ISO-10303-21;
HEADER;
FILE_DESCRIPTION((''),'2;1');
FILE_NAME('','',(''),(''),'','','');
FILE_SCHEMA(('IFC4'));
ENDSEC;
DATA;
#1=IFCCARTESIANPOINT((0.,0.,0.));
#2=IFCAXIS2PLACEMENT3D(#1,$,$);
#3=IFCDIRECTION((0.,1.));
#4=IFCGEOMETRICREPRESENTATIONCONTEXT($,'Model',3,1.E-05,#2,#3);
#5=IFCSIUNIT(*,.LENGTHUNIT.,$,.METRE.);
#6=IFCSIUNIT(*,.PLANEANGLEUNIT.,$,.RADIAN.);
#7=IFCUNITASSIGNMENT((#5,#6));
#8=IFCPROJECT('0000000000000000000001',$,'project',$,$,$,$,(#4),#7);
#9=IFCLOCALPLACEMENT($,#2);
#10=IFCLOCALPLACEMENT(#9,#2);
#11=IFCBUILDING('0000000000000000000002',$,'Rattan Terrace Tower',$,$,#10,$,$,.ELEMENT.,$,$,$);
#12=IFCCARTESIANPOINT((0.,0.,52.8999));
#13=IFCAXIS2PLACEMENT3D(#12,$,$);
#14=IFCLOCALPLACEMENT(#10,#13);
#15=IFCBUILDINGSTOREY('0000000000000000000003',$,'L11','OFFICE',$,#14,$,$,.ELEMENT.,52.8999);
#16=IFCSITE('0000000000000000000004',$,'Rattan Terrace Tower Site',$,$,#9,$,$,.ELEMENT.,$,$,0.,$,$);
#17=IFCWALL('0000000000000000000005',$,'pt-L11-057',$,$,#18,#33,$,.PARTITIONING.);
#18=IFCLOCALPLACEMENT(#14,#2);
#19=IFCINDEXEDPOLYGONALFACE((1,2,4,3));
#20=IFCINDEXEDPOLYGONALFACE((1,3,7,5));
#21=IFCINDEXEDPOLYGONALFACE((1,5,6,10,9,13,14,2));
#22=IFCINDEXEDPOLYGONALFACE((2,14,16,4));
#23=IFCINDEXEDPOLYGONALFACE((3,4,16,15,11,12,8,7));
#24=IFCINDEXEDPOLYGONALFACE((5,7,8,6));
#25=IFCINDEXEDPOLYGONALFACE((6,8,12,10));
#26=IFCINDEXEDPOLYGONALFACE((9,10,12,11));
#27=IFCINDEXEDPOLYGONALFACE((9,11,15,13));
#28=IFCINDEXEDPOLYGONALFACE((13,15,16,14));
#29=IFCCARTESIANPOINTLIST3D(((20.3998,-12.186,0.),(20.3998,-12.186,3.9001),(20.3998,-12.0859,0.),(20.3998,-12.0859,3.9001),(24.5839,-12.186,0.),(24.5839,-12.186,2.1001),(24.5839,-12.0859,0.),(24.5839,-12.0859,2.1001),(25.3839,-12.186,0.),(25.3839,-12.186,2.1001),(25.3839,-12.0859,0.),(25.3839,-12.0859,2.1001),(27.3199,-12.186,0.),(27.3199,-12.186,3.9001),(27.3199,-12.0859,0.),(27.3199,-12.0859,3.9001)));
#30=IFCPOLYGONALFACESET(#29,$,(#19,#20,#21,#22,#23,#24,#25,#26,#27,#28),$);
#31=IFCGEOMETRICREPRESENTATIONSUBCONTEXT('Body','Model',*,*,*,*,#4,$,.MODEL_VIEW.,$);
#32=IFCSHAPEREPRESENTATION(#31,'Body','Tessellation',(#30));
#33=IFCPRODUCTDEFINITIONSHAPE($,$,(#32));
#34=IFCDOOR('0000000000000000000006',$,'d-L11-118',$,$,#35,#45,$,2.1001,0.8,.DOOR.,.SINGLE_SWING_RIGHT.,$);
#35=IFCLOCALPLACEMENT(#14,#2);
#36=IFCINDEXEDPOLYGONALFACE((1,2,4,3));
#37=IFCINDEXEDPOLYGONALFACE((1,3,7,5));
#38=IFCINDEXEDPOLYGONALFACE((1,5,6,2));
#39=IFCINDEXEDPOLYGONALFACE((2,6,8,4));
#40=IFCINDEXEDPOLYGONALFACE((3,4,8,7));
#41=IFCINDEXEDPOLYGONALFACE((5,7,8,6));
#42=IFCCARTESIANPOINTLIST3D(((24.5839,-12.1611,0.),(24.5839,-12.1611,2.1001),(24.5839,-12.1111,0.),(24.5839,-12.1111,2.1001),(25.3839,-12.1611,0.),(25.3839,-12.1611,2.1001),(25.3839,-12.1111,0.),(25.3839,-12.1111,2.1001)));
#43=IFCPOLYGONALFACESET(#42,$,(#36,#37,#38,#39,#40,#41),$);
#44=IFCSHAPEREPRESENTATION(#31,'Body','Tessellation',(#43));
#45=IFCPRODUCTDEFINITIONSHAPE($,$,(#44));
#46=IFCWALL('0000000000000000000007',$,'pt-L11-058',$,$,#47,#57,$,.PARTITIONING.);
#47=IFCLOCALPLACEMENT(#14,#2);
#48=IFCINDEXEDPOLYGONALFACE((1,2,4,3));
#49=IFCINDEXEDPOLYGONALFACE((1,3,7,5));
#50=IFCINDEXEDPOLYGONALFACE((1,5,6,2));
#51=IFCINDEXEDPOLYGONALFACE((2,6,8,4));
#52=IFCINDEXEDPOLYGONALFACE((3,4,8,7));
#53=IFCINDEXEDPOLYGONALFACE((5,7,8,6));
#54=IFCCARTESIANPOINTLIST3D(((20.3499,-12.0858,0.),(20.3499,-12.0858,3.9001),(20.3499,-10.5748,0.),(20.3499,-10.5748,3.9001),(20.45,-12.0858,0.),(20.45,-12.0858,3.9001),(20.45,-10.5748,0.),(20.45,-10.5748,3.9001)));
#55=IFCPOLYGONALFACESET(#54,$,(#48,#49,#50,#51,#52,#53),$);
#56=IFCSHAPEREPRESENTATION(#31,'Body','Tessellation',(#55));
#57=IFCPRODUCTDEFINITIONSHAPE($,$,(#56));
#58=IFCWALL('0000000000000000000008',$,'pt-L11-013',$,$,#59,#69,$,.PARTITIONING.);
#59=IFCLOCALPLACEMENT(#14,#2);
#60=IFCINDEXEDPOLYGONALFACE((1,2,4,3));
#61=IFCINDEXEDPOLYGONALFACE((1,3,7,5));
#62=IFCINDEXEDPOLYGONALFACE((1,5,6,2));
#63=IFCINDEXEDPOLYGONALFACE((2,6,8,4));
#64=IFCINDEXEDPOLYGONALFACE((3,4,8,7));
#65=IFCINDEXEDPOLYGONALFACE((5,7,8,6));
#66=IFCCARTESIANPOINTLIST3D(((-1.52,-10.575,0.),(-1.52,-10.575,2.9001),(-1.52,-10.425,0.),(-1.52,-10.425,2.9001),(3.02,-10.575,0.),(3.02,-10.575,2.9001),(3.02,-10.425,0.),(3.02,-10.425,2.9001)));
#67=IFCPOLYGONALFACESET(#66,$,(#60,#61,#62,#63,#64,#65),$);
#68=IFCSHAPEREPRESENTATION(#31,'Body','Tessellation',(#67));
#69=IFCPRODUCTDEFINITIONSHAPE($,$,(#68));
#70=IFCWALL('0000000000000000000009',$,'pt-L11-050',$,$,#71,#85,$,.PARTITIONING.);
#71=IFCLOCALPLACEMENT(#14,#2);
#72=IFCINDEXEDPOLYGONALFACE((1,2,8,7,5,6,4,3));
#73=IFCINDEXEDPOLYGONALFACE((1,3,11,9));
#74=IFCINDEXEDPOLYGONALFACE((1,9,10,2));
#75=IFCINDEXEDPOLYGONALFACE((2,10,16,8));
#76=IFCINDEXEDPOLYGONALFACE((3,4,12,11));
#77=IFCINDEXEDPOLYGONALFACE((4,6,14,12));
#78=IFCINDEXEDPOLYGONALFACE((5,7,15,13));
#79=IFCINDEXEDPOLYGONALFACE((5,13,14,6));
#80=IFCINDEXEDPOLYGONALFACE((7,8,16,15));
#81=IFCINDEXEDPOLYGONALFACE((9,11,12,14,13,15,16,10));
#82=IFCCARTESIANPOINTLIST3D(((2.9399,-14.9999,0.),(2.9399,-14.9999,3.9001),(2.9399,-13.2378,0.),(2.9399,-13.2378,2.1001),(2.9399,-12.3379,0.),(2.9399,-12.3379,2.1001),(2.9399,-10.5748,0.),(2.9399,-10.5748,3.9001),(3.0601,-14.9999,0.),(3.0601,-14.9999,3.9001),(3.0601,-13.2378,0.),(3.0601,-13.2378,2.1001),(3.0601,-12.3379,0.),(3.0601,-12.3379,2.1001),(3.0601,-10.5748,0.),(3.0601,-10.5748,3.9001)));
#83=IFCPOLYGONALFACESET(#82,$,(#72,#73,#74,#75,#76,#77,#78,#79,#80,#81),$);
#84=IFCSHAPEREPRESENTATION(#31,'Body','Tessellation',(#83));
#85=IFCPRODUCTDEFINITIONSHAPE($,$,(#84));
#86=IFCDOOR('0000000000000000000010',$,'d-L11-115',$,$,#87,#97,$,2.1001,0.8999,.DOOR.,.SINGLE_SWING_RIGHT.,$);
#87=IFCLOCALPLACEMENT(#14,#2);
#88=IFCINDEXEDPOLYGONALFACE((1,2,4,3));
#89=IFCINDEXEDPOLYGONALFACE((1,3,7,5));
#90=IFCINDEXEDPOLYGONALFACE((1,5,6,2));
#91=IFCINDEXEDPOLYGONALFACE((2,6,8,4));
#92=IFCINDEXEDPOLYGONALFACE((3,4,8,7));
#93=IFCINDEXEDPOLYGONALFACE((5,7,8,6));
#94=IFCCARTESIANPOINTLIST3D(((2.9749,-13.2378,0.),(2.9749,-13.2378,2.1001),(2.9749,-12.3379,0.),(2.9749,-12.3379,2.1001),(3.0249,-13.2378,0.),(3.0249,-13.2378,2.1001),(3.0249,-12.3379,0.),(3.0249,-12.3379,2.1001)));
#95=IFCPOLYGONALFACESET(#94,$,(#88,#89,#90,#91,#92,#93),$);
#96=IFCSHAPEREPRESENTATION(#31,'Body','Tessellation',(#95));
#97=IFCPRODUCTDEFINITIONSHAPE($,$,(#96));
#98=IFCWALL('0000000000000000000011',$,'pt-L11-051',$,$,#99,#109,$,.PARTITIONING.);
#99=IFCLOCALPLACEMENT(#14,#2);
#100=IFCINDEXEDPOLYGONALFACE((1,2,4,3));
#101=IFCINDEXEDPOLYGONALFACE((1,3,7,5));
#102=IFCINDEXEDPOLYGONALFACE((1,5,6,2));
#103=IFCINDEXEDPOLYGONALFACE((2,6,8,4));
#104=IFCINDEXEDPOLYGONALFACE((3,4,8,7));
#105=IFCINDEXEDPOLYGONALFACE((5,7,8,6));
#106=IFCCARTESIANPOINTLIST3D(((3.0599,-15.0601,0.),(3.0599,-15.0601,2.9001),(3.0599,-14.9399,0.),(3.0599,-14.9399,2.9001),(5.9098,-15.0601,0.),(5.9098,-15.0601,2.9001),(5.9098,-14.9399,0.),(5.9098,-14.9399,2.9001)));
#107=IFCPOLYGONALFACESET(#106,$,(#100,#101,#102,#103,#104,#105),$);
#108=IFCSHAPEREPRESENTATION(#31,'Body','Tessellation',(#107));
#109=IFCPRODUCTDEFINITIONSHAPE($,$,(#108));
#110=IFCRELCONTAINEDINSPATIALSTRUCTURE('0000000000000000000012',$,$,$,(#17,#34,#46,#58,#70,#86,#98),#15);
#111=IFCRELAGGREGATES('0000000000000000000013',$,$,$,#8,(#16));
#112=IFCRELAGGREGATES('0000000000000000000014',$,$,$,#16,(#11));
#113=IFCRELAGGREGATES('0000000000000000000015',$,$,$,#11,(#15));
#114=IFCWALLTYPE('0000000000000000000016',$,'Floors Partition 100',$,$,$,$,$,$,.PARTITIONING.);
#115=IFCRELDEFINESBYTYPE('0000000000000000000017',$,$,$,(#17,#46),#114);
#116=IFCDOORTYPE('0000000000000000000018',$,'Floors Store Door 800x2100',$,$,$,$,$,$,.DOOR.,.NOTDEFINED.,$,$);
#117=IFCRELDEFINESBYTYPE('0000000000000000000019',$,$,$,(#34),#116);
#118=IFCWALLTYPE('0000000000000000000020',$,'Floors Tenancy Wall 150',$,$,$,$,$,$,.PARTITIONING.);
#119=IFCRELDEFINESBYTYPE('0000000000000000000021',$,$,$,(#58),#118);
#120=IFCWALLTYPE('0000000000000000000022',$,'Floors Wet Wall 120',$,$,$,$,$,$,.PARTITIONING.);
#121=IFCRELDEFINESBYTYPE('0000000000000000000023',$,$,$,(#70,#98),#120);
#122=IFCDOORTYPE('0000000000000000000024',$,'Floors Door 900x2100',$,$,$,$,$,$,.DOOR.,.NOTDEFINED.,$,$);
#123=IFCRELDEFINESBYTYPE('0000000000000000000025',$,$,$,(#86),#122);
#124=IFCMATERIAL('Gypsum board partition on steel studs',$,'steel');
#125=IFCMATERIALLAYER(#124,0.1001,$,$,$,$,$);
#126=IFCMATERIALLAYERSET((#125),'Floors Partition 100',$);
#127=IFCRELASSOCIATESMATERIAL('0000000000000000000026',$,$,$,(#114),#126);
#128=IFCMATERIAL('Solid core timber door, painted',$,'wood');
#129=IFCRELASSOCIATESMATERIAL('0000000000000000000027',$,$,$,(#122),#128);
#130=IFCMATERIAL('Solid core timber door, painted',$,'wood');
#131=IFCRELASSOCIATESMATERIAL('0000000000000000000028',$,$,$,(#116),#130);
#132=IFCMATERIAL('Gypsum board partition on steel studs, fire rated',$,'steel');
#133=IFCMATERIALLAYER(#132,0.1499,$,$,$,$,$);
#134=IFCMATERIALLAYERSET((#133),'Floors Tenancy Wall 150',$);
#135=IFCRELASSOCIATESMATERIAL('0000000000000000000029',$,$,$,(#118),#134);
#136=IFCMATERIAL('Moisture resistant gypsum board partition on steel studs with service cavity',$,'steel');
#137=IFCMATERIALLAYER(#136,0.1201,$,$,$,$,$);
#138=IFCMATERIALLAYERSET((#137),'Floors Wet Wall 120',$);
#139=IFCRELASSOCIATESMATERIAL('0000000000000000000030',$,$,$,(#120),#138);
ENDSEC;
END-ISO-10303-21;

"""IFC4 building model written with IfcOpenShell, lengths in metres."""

from ifc_helpers import new_model, si_unit, direction, frame, frame_2d, origin, place, context, subcontext, project, spatial, rectangle, extrude, material, layer, layer_set, type_object, element, fill, save


model = new_model("IFC4")

# Units and contexts
model_context = context("Model", 3, precision=1e-05, world=origin(), true_north=direction((0.0, 1.0)))
body_context = subcontext(model_context, "Body", "Model", "MODEL_VIEW")
ifc_project = project(units=[si_unit("LENGTHUNIT", "METRE"), si_unit("PLANEANGLEUNIT", "RADIAN")], contexts=[model_context])

# Site, building, storey
site_placement = place(None, origin())
site = spatial("IfcSite", under=ifc_project, at=site_placement, Name="Rattan Terrace Tower Site", CompositionType="ELEMENT", RefElevation=0.0)
building_placement = place(site_placement, origin())
building = spatial("IfcBuilding", under=site, at=building_placement, Name="Rattan Terrace Tower", CompositionType="ELEMENT")
storey_placement = place(building_placement, frame((0.0, 0.0, 52.8999)))
storey = spatial("IfcBuildingStorey", under=building, at=storey_placement, Name="L11", Description="OFFICE", CompositionType="ELEMENT", Elevation=52.8999)

# Shared definitions
ifc_material_1 = material(Name="Gypsum board partition on steel studs", Category="steel")
ifc_layer_1 = layer(ifc_material_1, 0.1001)
ifc_layer_set_1 = layer_set([ifc_layer_1], Name="Floors Partition 100")
wall_type_1 = type_object("IfcWallType", Name="Floors Partition 100", PredefinedType="PARTITIONING", material=ifc_layer_set_1)

# Shared definitions
ifc_material_2 = material(Name="Solid core timber door, painted", Category="wood")
door_type_1 = type_object("IfcDoorType", Name="Floors Door 900x2100", OperationType="NOTDEFINED", PredefinedType="DOOR", material=ifc_material_2)

# Wall, opening, door
wall_1_placement = place(storey_placement, frame((20.3999, -12.136, 0.0), z_axis=(0.0, 0.0, 1.0), x_axis=(1.0, 0.0, 0.0)))
wall_1 = element("IfcWall", 1, at=wall_1_placement, inside=storey, type_object=wall_type_1, Name="pt-L11-057", PredefinedType="PARTITIONING", context=body_context, shape_type="SweptSolid", body=[
    extrude(rectangle(XDim=6.9202, YDim=0.1001, at=frame_2d((3.46, 0.0))), origin(), (0.0, 0.0, 1.0), 3.9001),
])
opening_1_placement = place(wall_1_placement, frame((4.1841, 0.0, 0.0)))
opening_1 = element("IfcOpeningElement", 2, at=opening_1_placement, cuts=wall_1, PredefinedType="OPENING", context=body_context, shape_type="SweptSolid", body=[
    extrude(rectangle(XDim=0.8, YDim=2.1001, at=frame_2d((0.3999, 1.05))), frame((0.0, 0.0605, 0.0), z_axis=(0.0, -1.0, 0.0), x_axis=(1.0, 0.0, 0.0)), (0.0, 0.0, 1.0), 0.1211),
])
ifc_material_3 = material(Name="Solid core timber door, painted", Category="wood")
door_type_2 = type_object("IfcDoorType", Name="Floors Store Door 800x2100", OperationType="NOTDEFINED", PredefinedType="DOOR", material=ifc_material_3)
door_1_placement = place(opening_1_placement, origin())
door_1 = element("IfcDoor", 3, at=door_1_placement, inside=storey, type_object=door_type_2, Name="d-L11-118", OperationType="SINGLE_SWING_RIGHT", OverallHeight=2.1001, OverallWidth=0.8, PredefinedType="DOOR", context=body_context, shape_type="SweptSolid", body=[
    extrude(rectangle(XDim=0.8, YDim=2.1001, at=frame_2d((0.3999, 1.05))), frame((0.0, 0.0249, 0.0), z_axis=(0.0, -1.0, 0.0), x_axis=(1.0, 0.0, 0.0)), (0.0, 0.0, 1.0), 0.05),
])
fill(opening_1, door_1)

# Walls
wall_2_placement = place(storey_placement, frame((20.3999, -10.575, 0.0), z_axis=(0.0, 0.0, 1.0), x_axis=(0.0, -1.0, 0.0)))
element("IfcWall", 4, at=wall_2_placement, inside=storey, type_object=wall_type_1, Name="pt-L11-058", PredefinedType="PARTITIONING", context=body_context, shape_type="SweptSolid", body=[
    extrude(rectangle(XDim=1.511, YDim=0.1001, at=frame_2d((0.7554, 0.0))), origin(), (0.0, 0.0, 1.0), 3.9001),
])
ifc_material_4 = material(Name="Gypsum board partition on steel studs, fire rated", Category="steel")
ifc_layer_2 = layer(ifc_material_4, 0.1499)
ifc_layer_set_2 = layer_set([ifc_layer_2], Name="Floors Tenancy Wall 150")
wall_type_2 = type_object("IfcWallType", Name="Floors Tenancy Wall 150", PredefinedType="PARTITIONING", material=ifc_layer_set_2)
wall_3_placement = place(storey_placement, frame((3.02, -10.5, 0.0), z_axis=(0.0, 0.0, 1.0), x_axis=(-1.0, 0.0, 0.0)))
element("IfcWall", 5, at=wall_3_placement, inside=storey, type_object=wall_type_2, Name="pt-L11-013", PredefinedType="PARTITIONING", context=body_context, shape_type="SweptSolid", body=[
    extrude(rectangle(XDim=4.54, YDim=0.1499, at=frame_2d((2.27, 0.0))), origin(), (0.0, 0.0, 1.0), 2.9001),
])

# Wall, opening, door
ifc_material_5 = material(Name="Moisture resistant gypsum board partition on steel studs with service cavity", Category="steel")
ifc_layer_3 = layer(ifc_material_5, 0.1201)
ifc_layer_set_3 = layer_set([ifc_layer_3], Name="Floors Wet Wall 120")
wall_type_3 = type_object("IfcWallType", Name="Floors Wet Wall 120", PredefinedType="PARTITIONING", material=ifc_layer_set_3)
wall_4_placement = place(storey_placement, frame((3.0, -10.575, 0.0), z_axis=(0.0, 0.0, 1.0), x_axis=(0.0, -1.0, 0.0)))
wall_4 = element("IfcWall", 6, at=wall_4_placement, inside=storey, type_object=wall_type_3, Name="pt-L11-050", PredefinedType="PARTITIONING", context=body_context, shape_type="SweptSolid", body=[
    extrude(rectangle(XDim=4.425, YDim=0.1201, at=frame_2d((2.2124, 0.0))), origin(), (0.0, 0.0, 1.0), 3.9001),
])
opening_2_placement = place(wall_4_placement, frame((1.7629, 0.0, 0.0)))
opening_2 = element("IfcOpeningElement", 7, at=opening_2_placement, cuts=wall_4, PredefinedType="OPENING", context=body_context, shape_type="SweptSolid", body=[
    extrude(rectangle(XDim=0.8999, YDim=2.1001, at=frame_2d((0.45, 1.05))), frame((0.0, 0.0706, 0.0), z_axis=(0.0, -1.0, 0.0), x_axis=(1.0, 0.0, 0.0)), (0.0, 0.0, 1.0), 0.1411),
])
door_2_placement = place(opening_2_placement, origin())
door_2 = element("IfcDoor", 8, at=door_2_placement, inside=storey, type_object=door_type_1, Name="d-L11-115", OperationType="SINGLE_SWING_RIGHT", OverallHeight=2.1001, OverallWidth=0.8999, PredefinedType="DOOR", context=body_context, shape_type="SweptSolid", body=[
    extrude(rectangle(XDim=0.8999, YDim=2.1001, at=frame_2d((0.45, 1.05))), frame((0.0, 0.0249, 0.0), z_axis=(0.0, -1.0, 0.0), x_axis=(1.0, 0.0, 0.0)), (0.0, 0.0, 1.0), 0.05),
])
fill(opening_2, door_2)

# Wall
wall_5_placement = place(storey_placement, frame((3.0601, -15.0, 0.0), z_axis=(0.0, 0.0, 1.0), x_axis=(1.0, 0.0, 0.0)))
element("IfcWall", 9, at=wall_5_placement, inside=storey, type_object=wall_type_3, Name="pt-L11-051", PredefinedType="PARTITIONING", context=body_context, shape_type="SweptSolid", body=[
    extrude(rectangle(XDim=2.8499, YDim=0.1201, at=frame_2d((1.4248, 0.0))), origin(), (0.0, 0.0, 1.0), 2.9001),
])

save(model, "model.ifc")
